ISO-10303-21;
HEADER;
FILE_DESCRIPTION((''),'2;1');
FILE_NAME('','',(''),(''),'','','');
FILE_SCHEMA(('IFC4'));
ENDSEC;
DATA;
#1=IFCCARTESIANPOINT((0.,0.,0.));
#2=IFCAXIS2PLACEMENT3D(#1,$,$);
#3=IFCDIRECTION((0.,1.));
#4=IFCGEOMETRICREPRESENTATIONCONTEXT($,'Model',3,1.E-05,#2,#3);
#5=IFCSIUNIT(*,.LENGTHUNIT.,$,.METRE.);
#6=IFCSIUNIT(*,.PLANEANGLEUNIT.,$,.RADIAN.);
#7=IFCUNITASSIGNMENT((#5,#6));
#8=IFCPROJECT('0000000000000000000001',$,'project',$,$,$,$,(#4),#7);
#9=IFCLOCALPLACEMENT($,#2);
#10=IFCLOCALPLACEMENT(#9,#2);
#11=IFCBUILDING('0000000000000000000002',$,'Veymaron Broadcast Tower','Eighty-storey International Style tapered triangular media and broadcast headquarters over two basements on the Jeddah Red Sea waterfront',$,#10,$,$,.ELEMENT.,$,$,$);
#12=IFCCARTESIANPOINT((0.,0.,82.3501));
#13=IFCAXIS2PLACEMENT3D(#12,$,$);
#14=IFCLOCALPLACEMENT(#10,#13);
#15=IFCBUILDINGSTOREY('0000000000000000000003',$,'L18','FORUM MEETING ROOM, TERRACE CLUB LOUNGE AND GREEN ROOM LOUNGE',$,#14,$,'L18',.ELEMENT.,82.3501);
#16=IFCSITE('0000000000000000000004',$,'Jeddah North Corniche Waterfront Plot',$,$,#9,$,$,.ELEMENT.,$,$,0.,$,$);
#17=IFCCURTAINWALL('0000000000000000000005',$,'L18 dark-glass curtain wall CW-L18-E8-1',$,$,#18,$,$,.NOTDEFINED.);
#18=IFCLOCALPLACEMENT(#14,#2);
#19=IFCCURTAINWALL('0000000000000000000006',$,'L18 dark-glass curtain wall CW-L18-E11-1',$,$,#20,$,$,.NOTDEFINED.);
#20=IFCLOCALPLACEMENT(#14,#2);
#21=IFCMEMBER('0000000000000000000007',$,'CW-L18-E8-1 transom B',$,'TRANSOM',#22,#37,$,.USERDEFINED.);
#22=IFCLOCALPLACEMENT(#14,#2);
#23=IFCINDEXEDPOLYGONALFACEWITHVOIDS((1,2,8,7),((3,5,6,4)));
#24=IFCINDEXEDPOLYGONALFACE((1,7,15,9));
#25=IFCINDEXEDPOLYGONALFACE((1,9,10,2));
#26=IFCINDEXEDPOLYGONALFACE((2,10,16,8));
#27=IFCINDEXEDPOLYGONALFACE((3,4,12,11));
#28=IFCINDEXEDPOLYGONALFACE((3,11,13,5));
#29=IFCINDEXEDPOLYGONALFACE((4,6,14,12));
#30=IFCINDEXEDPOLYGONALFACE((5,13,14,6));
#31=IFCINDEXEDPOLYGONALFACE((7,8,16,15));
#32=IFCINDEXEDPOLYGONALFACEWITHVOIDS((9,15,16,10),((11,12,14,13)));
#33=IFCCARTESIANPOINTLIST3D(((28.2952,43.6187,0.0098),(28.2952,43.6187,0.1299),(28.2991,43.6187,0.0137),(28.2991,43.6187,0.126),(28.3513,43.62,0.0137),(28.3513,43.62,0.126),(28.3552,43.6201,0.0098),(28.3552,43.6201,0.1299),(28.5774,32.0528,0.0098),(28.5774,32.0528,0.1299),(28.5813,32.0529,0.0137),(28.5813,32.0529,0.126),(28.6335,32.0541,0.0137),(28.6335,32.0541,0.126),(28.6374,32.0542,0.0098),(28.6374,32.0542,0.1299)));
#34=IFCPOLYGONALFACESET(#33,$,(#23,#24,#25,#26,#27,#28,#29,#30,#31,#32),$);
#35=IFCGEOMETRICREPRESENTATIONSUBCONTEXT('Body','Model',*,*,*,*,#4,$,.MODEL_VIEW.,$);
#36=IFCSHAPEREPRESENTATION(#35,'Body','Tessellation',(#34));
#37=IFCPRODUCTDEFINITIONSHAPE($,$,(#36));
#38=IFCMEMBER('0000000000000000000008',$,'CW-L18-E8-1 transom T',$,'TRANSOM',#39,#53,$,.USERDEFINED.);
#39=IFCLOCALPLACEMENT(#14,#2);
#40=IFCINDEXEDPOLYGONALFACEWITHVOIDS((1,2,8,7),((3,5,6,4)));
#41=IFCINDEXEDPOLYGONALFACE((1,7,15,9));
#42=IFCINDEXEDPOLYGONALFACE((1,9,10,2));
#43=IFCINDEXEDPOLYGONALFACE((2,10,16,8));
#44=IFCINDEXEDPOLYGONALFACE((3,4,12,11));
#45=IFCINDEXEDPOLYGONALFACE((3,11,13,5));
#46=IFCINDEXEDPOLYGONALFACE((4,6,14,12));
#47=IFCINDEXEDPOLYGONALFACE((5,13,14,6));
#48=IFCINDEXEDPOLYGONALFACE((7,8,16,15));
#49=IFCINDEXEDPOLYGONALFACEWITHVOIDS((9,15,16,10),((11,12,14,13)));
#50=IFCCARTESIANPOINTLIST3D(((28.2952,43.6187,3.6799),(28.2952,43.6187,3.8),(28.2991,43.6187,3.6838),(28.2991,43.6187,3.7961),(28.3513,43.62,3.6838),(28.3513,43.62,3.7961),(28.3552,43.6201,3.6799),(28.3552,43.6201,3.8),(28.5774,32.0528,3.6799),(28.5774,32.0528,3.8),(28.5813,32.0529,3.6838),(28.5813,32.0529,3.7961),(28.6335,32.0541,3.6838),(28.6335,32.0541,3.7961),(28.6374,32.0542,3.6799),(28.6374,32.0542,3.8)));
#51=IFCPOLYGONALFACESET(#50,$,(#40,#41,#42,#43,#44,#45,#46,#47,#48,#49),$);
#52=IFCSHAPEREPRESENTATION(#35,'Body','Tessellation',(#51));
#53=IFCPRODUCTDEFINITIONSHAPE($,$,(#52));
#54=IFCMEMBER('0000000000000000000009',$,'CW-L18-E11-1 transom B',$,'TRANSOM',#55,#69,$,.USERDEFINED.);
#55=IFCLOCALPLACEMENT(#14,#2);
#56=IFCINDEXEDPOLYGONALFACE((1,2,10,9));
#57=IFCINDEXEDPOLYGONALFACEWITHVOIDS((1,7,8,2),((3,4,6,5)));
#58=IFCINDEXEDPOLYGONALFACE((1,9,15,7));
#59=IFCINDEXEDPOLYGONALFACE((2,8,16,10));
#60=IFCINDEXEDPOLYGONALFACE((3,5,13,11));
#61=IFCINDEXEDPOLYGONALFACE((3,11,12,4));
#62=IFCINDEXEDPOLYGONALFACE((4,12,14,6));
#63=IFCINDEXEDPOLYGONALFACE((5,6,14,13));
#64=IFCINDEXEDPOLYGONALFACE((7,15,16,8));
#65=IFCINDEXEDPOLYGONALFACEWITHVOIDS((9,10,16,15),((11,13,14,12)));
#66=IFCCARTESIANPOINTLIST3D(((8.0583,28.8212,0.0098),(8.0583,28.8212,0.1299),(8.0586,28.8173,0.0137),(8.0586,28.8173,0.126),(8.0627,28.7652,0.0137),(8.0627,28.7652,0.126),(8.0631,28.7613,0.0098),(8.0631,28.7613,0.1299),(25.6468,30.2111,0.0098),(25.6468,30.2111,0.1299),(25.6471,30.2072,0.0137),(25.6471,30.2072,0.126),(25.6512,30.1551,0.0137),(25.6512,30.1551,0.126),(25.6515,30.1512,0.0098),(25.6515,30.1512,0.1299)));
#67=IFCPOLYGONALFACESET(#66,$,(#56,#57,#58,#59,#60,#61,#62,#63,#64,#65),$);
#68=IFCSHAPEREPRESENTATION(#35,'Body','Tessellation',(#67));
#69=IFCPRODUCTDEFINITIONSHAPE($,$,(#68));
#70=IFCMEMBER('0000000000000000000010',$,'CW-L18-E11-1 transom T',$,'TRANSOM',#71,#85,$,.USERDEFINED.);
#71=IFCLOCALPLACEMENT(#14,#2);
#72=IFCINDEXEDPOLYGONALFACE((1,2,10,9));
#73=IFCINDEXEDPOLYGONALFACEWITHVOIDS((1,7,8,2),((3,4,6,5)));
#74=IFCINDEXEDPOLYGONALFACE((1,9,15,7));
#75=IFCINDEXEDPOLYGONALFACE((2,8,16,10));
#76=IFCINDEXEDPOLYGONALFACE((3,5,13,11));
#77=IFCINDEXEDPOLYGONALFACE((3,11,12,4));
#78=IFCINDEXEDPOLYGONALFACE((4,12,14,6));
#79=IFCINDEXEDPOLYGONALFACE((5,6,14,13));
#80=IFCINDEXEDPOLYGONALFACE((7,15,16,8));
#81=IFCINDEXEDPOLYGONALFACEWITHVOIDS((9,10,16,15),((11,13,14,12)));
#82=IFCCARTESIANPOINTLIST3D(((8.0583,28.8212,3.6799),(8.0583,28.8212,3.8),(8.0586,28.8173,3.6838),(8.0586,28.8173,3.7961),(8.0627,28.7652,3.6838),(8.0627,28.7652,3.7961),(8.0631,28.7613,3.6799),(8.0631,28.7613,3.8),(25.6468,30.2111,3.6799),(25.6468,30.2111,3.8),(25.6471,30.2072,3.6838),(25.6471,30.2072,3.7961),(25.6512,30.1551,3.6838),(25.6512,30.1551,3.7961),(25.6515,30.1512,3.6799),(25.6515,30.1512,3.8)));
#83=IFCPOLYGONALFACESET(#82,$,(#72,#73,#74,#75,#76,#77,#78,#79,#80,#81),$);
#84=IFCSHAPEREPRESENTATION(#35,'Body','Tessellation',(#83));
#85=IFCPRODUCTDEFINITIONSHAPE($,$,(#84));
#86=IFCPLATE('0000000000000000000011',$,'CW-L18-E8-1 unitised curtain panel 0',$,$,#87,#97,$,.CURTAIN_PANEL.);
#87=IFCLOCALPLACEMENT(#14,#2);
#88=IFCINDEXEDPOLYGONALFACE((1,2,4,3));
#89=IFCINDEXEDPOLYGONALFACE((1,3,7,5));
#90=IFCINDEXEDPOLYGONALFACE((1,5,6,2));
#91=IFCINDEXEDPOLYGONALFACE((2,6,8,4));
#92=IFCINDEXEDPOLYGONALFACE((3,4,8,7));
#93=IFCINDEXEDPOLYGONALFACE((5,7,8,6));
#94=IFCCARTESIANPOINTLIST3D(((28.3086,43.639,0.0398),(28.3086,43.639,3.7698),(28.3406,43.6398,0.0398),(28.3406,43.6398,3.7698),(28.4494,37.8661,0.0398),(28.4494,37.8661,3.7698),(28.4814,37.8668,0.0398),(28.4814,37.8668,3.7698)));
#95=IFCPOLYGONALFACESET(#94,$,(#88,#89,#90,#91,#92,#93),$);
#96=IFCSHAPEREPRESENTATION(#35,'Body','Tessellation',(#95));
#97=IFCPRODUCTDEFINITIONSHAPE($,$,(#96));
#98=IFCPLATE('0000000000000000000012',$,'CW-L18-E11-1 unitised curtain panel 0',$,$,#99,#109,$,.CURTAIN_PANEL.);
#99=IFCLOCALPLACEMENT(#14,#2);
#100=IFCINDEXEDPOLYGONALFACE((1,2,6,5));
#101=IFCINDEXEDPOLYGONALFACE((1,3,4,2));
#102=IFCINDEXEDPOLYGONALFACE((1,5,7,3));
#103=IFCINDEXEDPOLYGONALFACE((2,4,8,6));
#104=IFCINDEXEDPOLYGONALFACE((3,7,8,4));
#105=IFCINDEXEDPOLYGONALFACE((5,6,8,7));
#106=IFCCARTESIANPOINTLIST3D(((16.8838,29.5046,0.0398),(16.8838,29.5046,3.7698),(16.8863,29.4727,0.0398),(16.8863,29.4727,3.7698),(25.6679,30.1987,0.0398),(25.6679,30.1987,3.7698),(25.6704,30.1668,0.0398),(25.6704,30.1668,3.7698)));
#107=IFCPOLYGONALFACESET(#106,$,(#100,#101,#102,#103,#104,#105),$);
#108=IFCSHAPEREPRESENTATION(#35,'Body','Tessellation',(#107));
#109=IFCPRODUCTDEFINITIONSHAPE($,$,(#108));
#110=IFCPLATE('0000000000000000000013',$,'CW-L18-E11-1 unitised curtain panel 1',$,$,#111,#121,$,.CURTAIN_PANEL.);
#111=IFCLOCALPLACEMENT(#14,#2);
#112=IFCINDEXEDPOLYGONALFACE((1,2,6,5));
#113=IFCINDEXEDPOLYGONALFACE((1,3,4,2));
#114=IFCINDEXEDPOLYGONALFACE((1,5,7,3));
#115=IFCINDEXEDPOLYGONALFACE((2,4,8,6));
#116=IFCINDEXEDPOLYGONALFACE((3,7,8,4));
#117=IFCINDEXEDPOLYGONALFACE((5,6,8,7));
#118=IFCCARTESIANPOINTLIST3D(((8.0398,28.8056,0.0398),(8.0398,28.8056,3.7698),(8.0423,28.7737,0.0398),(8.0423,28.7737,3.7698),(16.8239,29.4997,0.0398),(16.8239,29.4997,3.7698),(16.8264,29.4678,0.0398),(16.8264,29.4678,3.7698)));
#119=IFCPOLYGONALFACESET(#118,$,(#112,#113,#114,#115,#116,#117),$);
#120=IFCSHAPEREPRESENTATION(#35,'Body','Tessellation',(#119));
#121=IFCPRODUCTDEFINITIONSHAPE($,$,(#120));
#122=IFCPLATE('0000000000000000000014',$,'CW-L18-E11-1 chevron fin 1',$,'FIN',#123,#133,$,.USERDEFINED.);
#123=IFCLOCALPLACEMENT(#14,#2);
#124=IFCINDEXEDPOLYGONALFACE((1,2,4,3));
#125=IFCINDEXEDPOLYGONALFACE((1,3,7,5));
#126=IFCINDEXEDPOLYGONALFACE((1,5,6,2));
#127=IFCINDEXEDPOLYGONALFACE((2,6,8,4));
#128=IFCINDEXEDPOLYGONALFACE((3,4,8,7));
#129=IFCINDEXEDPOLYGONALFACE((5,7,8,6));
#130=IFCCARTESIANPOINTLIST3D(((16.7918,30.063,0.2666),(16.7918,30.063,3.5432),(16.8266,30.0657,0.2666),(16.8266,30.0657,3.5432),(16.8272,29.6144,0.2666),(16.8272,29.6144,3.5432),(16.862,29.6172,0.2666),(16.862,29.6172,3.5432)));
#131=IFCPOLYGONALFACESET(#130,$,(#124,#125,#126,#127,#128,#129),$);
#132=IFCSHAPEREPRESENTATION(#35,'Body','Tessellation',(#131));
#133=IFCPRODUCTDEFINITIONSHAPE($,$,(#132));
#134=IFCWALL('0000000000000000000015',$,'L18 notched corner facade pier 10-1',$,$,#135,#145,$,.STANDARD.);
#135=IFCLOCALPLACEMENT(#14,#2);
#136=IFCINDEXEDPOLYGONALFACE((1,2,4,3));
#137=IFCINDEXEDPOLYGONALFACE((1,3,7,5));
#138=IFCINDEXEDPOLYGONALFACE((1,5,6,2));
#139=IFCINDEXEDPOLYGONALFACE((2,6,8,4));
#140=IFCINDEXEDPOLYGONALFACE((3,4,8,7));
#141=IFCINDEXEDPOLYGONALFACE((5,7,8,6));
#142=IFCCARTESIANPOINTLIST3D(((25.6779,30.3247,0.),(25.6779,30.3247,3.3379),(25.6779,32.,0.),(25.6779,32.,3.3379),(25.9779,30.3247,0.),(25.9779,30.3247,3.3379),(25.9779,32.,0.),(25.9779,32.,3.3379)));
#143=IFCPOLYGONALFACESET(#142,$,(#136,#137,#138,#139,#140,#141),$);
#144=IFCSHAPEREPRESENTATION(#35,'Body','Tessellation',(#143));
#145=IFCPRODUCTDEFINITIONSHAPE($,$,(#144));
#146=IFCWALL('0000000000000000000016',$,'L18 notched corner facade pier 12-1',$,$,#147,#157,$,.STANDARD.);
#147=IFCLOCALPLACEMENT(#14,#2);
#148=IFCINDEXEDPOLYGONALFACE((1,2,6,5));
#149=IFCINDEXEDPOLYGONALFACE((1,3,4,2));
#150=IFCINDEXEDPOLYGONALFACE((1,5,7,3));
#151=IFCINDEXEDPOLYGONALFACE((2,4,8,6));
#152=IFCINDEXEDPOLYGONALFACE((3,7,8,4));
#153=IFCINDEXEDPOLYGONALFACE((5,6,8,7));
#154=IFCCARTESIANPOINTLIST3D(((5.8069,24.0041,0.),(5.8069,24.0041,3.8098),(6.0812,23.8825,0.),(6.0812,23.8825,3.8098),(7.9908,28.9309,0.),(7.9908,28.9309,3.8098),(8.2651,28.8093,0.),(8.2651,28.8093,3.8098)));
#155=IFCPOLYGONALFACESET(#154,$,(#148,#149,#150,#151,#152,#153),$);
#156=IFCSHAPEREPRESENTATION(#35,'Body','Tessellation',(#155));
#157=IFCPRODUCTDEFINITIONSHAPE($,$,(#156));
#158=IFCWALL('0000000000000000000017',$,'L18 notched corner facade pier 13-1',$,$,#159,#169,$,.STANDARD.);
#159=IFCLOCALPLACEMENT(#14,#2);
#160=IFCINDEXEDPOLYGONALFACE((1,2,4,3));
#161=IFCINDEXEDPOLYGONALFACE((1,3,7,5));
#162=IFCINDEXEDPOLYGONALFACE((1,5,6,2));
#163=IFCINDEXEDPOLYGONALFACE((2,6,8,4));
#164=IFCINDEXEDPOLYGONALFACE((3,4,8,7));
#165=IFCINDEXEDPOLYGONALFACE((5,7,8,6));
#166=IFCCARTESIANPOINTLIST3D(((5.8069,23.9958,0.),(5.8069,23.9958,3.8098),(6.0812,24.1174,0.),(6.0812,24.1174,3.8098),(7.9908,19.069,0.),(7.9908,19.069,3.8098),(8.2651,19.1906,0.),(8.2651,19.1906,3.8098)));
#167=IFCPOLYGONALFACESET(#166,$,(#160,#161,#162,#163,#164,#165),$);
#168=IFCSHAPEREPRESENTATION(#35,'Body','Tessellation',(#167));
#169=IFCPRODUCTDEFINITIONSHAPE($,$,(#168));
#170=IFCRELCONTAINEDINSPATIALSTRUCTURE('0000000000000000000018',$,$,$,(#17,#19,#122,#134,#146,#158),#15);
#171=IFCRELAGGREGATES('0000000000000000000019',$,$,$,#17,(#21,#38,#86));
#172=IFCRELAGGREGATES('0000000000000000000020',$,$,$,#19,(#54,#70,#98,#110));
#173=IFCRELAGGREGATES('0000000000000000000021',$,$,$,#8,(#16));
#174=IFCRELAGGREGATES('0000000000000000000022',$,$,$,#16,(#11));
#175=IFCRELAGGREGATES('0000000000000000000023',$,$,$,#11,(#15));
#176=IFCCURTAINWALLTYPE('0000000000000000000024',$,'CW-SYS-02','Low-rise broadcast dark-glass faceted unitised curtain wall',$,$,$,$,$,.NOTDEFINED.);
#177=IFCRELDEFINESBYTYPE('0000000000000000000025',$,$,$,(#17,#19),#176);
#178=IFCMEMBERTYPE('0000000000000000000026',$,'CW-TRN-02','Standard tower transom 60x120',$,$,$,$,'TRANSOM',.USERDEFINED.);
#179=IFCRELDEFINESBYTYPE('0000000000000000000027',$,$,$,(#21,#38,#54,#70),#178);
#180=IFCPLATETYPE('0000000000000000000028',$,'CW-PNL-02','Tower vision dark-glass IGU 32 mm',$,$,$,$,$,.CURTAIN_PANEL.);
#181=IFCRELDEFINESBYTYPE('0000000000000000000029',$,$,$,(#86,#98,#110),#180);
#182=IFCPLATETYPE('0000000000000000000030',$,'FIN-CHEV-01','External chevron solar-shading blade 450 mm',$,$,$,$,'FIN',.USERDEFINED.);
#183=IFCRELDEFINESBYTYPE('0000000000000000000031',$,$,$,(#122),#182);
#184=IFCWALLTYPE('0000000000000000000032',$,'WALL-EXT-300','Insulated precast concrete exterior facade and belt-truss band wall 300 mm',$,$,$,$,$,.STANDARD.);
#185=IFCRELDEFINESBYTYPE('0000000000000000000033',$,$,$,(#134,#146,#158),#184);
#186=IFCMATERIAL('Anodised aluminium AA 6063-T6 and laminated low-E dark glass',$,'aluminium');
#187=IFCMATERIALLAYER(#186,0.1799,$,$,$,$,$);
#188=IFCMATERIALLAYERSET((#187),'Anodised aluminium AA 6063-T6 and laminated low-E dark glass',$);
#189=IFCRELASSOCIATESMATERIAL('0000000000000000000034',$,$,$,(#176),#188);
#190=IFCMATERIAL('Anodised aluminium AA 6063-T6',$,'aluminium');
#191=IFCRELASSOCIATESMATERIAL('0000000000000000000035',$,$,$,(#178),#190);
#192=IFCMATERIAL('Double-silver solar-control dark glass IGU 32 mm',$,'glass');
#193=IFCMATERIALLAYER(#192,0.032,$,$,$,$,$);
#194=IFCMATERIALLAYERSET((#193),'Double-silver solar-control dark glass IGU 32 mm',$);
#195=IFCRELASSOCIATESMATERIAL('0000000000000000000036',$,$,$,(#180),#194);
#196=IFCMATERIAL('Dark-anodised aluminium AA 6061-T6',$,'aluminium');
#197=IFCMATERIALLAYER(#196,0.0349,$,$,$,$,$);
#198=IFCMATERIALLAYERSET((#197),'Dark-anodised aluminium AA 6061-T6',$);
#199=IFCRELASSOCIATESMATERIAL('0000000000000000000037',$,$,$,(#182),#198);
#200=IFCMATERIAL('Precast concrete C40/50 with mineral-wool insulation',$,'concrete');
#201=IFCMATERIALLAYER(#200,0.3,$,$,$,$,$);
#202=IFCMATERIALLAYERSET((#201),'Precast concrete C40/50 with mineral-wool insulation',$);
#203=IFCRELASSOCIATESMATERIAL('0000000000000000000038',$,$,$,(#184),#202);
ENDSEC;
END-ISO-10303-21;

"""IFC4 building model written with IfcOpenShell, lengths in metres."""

from ifc_helpers import new_model, si_unit, direction, frame, frame_2d, origin, origin_2d, place, context, subcontext, project, spatial, rectangle, hollow_rectangle, extrude, material, layer, layer_set, material_profile, profile_set, type_object, element, aggregate, save


model = new_model("IFC4")

# Units and contexts
model_context = context("Model", 3, precision=1e-05, world=origin(), true_north=direction((0.0, 1.0)))
body_context = subcontext(model_context, "Body", "Model", "MODEL_VIEW")
ifc_project = project(units=[si_unit("LENGTHUNIT", "METRE"), si_unit("PLANEANGLEUNIT", "RADIAN")], contexts=[model_context])

# Site, building, storey
site_placement = place(None, origin())
site = spatial("IfcSite", under=ifc_project, at=site_placement, Name="Jeddah North Corniche Waterfront Plot", CompositionType="ELEMENT", RefElevation=0.0)
building_placement = place(site_placement, origin())
building = spatial("IfcBuilding", under=site, at=building_placement, Name="Veymaron Broadcast Tower", Description="Eighty-storey International Style tapered triangular media and broadcast headquarters over two basements on the Jeddah Red Sea waterfront", CompositionType="ELEMENT")
storey_placement = place(building_placement, frame((0.0, 0.0, 82.3501)))
storey = spatial("IfcBuildingStorey", under=building, at=storey_placement, Name="L18", Description="FORUM MEETING ROOM, TERRACE CLUB LOUNGE AND GREEN ROOM LOUNGE", LongName="L18", CompositionType="ELEMENT", Elevation=82.3501)

# Curtain wall
ifc_material_1 = material(Name="Anodised aluminium AA 6063-T6 and laminated low-E dark glass", Category="aluminium")
ifc_layer_1 = layer(ifc_material_1, 0.1799)
ifc_layer_set_1 = layer_set([ifc_layer_1], Name="Anodised aluminium AA 6063-T6 and laminated low-E dark glass")
curtain_wall_type = type_object("IfcCurtainWallType", Name="CW-SYS-02", Description="Low-rise broadcast dark-glass faceted unitised curtain wall", PredefinedType="NOTDEFINED", material=ifc_layer_set_1)
curtain_wall_1_placement = place(storey_placement, origin())
curtain_wall_1 = element("IfcCurtainWall", 1, at=curtain_wall_1_placement, inside=storey, type_object=curtain_wall_type, Name="L18 dark-glass curtain wall CW-L18-E8-1", PredefinedType="NOTDEFINED")
ifc_material_2 = material(Name="Anodised aluminium AA 6063-T6", Category="aluminium")

# Curtain wall
curtain_wall_2_placement = place(storey_placement, origin())
curtain_wall_2 = element("IfcCurtainWall", 2, at=curtain_wall_2_placement, inside=storey, type_object=curtain_wall_type, Name="L18 dark-glass curtain wall CW-L18-E11-1", PredefinedType="NOTDEFINED")

# Members
ifc_material_profile_1 = material_profile(ifc_material_2, hollow_rectangle(XDim=0.0601, YDim=0.1201, WallThickness=0.0039, at=origin_2d()), Name="AL120X60X4")
ifc_profile_set_1 = profile_set([ifc_material_profile_1], Name="Anodised aluminium AA 6063-T6")
member_type_1 = type_object("IfcMemberType", Name="CW-TRN-02", Description="Standard tower transom 60x120", ElementType="TRANSOM", PredefinedType="USERDEFINED", material=ifc_profile_set_1)
member_1_placement = place(storey_placement, frame((28.3252, 43.6194, 0.0698), z_axis=(0.024394, -0.999702, 0.0), x_axis=(0.999702, 0.024394, 0.0)))
member_1 = element("IfcMember", 3, at=member_1_placement, type_object=member_type_1, Name="CW-L18-E8-1 transom B", ObjectType="TRANSOM", PredefinedType="USERDEFINED", context=body_context, shape_type="SweptSolid", body=[
    extrude(hollow_rectangle(XDim=0.0601, YDim=0.1201, WallThickness=0.0039, at=origin_2d()), origin(), (0.0, 0.0, 1.0), 11.5693),
])
member_2_placement = place(storey_placement, frame((28.3252, 43.6194, 3.74), z_axis=(0.024394, -0.999702, 0.0), x_axis=(0.999702, 0.024394, 0.0)))
member_2 = element("IfcMember", 4, at=member_2_placement, type_object=member_type_1, Name="CW-L18-E8-1 transom T", ObjectType="TRANSOM", PredefinedType="USERDEFINED", context=body_context, shape_type="SweptSolid", body=[
    extrude(hollow_rectangle(XDim=0.0601, YDim=0.1201, WallThickness=0.0039, at=origin_2d()), origin(), (0.0, 0.0, 1.0), 11.5693),
])
member_3_placement = place(storey_placement, frame((25.6492, 30.1812, 0.0698), z_axis=(-0.996892, -0.078778, 0.0), x_axis=(0.078778, -0.996892, 0.0)))
member_3 = element("IfcMember", 5, at=member_3_placement, type_object=member_type_1, Name="CW-L18-E11-1 transom B", ObjectType="TRANSOM", PredefinedType="USERDEFINED", context=body_context, shape_type="SweptSolid", body=[
    extrude(hollow_rectangle(XDim=0.0601, YDim=0.1201, WallThickness=0.0039, at=origin_2d()), origin(), (0.0, 0.0, 1.0), 17.6433),
])
member_4_placement = place(storey_placement, frame((25.6492, 30.1812, 3.74), z_axis=(-0.996892, -0.078778, 0.0), x_axis=(0.078778, -0.996892, 0.0)))
member_4 = element("IfcMember", 6, at=member_4_placement, type_object=member_type_1, Name="CW-L18-E11-1 transom T", ObjectType="TRANSOM", PredefinedType="USERDEFINED", context=body_context, shape_type="SweptSolid", body=[
    extrude(hollow_rectangle(XDim=0.0601, YDim=0.1201, WallThickness=0.0039, at=origin_2d()), origin(), (0.0, 0.0, 1.0), 17.6433),
])

# Plates
ifc_material_3 = material(Name="Double-silver solar-control dark glass IGU 32 mm", Category="glass")
ifc_layer_2 = layer(ifc_material_3, 0.032)
ifc_layer_set_2 = layer_set([ifc_layer_2], Name="Double-silver solar-control dark glass IGU 32 mm")
plate_type_1 = type_object("IfcPlateType", Name="CW-PNL-02", Description="Tower vision dark-glass IGU 32 mm", PredefinedType="CURTAIN_PANEL", material=ifc_layer_set_2)
plate_1_placement = place(storey_placement, frame((28.395, 40.7529, 0.0398), z_axis=(0.0, 0.0, 1.0), x_axis=(0.02438, -0.999703, 0.0)))
plate_1 = element("IfcPlate", 7, at=plate_1_placement, type_object=plate_type_1, Name="CW-L18-E8-1 unitised curtain panel 0", PredefinedType="CURTAIN_PANEL", context=body_context, shape_type="SweptSolid", body=[
    extrude(rectangle(XDim=5.7747, YDim=0.032, at=origin_2d()), origin(), (0.0, 0.0, 1.0), 3.73),
])
aggregate(curtain_wall_1, [member_1, member_2, plate_1])
plate_2_placement = place(storey_placement, frame((21.2771, 29.8357, 0.0398), z_axis=(0.0, 0.0, 1.0), x_axis=(-0.996893, -0.078772, 0.0)))
plate_2 = element("IfcPlate", 8, at=plate_2_placement, type_object=plate_type_1, Name="CW-L18-E11-1 unitised curtain panel 0", PredefinedType="CURTAIN_PANEL", context=body_context, shape_type="SweptSolid", body=[
    extrude(rectangle(XDim=8.8115, YDim=0.032, at=origin_2d()), origin(), (0.0, 0.0, 1.0), 3.73),
])
plate_3_placement = place(storey_placement, frame((12.4331, 29.1367, 0.0398), z_axis=(0.0, 0.0, 1.0), x_axis=(-0.996893, -0.078772, 0.0)))
plate_3 = element("IfcPlate", 9, at=plate_3_placement, type_object=plate_type_1, Name="CW-L18-E11-1 unitised curtain panel 1", PredefinedType="CURTAIN_PANEL", context=body_context, shape_type="SweptSolid", body=[
    extrude(rectangle(XDim=8.8115, YDim=0.032, at=origin_2d()), origin(), (0.0, 0.0, 1.0), 3.73),
])
aggregate(curtain_wall_2, [member_3, member_4, plate_2, plate_3])
ifc_material_4 = material(Name="Dark-anodised aluminium AA 6061-T6", Category="aluminium")
ifc_layer_3 = layer(ifc_material_4, 0.0349)
ifc_layer_set_3 = layer_set([ifc_layer_3], Name="Dark-anodised aluminium AA 6061-T6")
plate_type_2 = type_object("IfcPlateType", Name="FIN-CHEV-01", Description="External chevron solar-shading blade 450 mm", ElementType="FIN", PredefinedType="USERDEFINED", material=ifc_layer_set_3)
plate_4_placement = place(storey_placement, frame((16.8269, 29.8401, 0.2666), z_axis=(0.0, 0.0, 1.0), x_axis=(-0.078772, 0.996893, 0.0)))
element("IfcPlate", 10, at=plate_4_placement, inside=storey, type_object=plate_type_2, Name="CW-L18-E11-1 chevron fin 1", ObjectType="FIN", PredefinedType="USERDEFINED", context=body_context, shape_type="SweptSolid", body=[
    extrude(rectangle(XDim=0.45, YDim=0.0349, at=origin_2d()), origin(), (0.0, 0.0, 1.0), 3.2766),
])

# Walls
ifc_material_5 = material(Name="Precast concrete C40/50 with mineral-wool insulation", Category="concrete")
ifc_layer_4 = layer(ifc_material_5, 0.3)
ifc_layer_set_4 = layer_set([ifc_layer_4], Name="Precast concrete C40/50 with mineral-wool insulation")
wall_type_1 = type_object("IfcWallType", Name="WALL-EXT-300", Description="Insulated precast concrete exterior facade and belt-truss band wall 300 mm", PredefinedType="STANDARD", material=ifc_layer_set_4)
wall_1_placement = place(storey_placement, frame((25.8279, 32.0, 0.0), z_axis=(0.0, 0.0, 1.0), x_axis=(0.0, -1.0, 0.0)))
element("IfcWall", 11, at=wall_1_placement, inside=storey, type_object=wall_type_1, Name="L18 notched corner facade pier 10-1", PredefinedType="STANDARD", context=body_context, shape_type="SweptSolid", body=[
    extrude(rectangle(XDim=1.6753, YDim=0.3, at=frame_2d((0.8376, 0.0))), origin(), (0.0, 0.0, 1.0), 3.3379),
])
for number, where, z_axis, x_axis, name in (
    (12, (8.1279, 28.8701, 0.0), (0.0, 0.0, 1.0), (-0.405235, -0.914213, 0.0), "L18 notched corner facade pier 12-1"),
    (13, (5.9441, 24.0566, 0.0), (0.0, 0.0, 1.0), (0.405235, -0.914213, 0.0), "L18 notched corner facade pier 13-1"),
):
    element("IfcWall", number, at=place(storey_placement, frame(where, z_axis=z_axis, x_axis=x_axis)), inside=storey, type_object=wall_type_1, Name=name, PredefinedType="STANDARD", context=body_context, shape_type="SweptSolid", body=[
        extrude(rectangle(XDim=5.3892, YDim=0.3, at=frame_2d((2.6946, 0.0))), origin(), (0.0, 0.0, 1.0), 3.8098),
    ])

save(model, "model.ifc")
